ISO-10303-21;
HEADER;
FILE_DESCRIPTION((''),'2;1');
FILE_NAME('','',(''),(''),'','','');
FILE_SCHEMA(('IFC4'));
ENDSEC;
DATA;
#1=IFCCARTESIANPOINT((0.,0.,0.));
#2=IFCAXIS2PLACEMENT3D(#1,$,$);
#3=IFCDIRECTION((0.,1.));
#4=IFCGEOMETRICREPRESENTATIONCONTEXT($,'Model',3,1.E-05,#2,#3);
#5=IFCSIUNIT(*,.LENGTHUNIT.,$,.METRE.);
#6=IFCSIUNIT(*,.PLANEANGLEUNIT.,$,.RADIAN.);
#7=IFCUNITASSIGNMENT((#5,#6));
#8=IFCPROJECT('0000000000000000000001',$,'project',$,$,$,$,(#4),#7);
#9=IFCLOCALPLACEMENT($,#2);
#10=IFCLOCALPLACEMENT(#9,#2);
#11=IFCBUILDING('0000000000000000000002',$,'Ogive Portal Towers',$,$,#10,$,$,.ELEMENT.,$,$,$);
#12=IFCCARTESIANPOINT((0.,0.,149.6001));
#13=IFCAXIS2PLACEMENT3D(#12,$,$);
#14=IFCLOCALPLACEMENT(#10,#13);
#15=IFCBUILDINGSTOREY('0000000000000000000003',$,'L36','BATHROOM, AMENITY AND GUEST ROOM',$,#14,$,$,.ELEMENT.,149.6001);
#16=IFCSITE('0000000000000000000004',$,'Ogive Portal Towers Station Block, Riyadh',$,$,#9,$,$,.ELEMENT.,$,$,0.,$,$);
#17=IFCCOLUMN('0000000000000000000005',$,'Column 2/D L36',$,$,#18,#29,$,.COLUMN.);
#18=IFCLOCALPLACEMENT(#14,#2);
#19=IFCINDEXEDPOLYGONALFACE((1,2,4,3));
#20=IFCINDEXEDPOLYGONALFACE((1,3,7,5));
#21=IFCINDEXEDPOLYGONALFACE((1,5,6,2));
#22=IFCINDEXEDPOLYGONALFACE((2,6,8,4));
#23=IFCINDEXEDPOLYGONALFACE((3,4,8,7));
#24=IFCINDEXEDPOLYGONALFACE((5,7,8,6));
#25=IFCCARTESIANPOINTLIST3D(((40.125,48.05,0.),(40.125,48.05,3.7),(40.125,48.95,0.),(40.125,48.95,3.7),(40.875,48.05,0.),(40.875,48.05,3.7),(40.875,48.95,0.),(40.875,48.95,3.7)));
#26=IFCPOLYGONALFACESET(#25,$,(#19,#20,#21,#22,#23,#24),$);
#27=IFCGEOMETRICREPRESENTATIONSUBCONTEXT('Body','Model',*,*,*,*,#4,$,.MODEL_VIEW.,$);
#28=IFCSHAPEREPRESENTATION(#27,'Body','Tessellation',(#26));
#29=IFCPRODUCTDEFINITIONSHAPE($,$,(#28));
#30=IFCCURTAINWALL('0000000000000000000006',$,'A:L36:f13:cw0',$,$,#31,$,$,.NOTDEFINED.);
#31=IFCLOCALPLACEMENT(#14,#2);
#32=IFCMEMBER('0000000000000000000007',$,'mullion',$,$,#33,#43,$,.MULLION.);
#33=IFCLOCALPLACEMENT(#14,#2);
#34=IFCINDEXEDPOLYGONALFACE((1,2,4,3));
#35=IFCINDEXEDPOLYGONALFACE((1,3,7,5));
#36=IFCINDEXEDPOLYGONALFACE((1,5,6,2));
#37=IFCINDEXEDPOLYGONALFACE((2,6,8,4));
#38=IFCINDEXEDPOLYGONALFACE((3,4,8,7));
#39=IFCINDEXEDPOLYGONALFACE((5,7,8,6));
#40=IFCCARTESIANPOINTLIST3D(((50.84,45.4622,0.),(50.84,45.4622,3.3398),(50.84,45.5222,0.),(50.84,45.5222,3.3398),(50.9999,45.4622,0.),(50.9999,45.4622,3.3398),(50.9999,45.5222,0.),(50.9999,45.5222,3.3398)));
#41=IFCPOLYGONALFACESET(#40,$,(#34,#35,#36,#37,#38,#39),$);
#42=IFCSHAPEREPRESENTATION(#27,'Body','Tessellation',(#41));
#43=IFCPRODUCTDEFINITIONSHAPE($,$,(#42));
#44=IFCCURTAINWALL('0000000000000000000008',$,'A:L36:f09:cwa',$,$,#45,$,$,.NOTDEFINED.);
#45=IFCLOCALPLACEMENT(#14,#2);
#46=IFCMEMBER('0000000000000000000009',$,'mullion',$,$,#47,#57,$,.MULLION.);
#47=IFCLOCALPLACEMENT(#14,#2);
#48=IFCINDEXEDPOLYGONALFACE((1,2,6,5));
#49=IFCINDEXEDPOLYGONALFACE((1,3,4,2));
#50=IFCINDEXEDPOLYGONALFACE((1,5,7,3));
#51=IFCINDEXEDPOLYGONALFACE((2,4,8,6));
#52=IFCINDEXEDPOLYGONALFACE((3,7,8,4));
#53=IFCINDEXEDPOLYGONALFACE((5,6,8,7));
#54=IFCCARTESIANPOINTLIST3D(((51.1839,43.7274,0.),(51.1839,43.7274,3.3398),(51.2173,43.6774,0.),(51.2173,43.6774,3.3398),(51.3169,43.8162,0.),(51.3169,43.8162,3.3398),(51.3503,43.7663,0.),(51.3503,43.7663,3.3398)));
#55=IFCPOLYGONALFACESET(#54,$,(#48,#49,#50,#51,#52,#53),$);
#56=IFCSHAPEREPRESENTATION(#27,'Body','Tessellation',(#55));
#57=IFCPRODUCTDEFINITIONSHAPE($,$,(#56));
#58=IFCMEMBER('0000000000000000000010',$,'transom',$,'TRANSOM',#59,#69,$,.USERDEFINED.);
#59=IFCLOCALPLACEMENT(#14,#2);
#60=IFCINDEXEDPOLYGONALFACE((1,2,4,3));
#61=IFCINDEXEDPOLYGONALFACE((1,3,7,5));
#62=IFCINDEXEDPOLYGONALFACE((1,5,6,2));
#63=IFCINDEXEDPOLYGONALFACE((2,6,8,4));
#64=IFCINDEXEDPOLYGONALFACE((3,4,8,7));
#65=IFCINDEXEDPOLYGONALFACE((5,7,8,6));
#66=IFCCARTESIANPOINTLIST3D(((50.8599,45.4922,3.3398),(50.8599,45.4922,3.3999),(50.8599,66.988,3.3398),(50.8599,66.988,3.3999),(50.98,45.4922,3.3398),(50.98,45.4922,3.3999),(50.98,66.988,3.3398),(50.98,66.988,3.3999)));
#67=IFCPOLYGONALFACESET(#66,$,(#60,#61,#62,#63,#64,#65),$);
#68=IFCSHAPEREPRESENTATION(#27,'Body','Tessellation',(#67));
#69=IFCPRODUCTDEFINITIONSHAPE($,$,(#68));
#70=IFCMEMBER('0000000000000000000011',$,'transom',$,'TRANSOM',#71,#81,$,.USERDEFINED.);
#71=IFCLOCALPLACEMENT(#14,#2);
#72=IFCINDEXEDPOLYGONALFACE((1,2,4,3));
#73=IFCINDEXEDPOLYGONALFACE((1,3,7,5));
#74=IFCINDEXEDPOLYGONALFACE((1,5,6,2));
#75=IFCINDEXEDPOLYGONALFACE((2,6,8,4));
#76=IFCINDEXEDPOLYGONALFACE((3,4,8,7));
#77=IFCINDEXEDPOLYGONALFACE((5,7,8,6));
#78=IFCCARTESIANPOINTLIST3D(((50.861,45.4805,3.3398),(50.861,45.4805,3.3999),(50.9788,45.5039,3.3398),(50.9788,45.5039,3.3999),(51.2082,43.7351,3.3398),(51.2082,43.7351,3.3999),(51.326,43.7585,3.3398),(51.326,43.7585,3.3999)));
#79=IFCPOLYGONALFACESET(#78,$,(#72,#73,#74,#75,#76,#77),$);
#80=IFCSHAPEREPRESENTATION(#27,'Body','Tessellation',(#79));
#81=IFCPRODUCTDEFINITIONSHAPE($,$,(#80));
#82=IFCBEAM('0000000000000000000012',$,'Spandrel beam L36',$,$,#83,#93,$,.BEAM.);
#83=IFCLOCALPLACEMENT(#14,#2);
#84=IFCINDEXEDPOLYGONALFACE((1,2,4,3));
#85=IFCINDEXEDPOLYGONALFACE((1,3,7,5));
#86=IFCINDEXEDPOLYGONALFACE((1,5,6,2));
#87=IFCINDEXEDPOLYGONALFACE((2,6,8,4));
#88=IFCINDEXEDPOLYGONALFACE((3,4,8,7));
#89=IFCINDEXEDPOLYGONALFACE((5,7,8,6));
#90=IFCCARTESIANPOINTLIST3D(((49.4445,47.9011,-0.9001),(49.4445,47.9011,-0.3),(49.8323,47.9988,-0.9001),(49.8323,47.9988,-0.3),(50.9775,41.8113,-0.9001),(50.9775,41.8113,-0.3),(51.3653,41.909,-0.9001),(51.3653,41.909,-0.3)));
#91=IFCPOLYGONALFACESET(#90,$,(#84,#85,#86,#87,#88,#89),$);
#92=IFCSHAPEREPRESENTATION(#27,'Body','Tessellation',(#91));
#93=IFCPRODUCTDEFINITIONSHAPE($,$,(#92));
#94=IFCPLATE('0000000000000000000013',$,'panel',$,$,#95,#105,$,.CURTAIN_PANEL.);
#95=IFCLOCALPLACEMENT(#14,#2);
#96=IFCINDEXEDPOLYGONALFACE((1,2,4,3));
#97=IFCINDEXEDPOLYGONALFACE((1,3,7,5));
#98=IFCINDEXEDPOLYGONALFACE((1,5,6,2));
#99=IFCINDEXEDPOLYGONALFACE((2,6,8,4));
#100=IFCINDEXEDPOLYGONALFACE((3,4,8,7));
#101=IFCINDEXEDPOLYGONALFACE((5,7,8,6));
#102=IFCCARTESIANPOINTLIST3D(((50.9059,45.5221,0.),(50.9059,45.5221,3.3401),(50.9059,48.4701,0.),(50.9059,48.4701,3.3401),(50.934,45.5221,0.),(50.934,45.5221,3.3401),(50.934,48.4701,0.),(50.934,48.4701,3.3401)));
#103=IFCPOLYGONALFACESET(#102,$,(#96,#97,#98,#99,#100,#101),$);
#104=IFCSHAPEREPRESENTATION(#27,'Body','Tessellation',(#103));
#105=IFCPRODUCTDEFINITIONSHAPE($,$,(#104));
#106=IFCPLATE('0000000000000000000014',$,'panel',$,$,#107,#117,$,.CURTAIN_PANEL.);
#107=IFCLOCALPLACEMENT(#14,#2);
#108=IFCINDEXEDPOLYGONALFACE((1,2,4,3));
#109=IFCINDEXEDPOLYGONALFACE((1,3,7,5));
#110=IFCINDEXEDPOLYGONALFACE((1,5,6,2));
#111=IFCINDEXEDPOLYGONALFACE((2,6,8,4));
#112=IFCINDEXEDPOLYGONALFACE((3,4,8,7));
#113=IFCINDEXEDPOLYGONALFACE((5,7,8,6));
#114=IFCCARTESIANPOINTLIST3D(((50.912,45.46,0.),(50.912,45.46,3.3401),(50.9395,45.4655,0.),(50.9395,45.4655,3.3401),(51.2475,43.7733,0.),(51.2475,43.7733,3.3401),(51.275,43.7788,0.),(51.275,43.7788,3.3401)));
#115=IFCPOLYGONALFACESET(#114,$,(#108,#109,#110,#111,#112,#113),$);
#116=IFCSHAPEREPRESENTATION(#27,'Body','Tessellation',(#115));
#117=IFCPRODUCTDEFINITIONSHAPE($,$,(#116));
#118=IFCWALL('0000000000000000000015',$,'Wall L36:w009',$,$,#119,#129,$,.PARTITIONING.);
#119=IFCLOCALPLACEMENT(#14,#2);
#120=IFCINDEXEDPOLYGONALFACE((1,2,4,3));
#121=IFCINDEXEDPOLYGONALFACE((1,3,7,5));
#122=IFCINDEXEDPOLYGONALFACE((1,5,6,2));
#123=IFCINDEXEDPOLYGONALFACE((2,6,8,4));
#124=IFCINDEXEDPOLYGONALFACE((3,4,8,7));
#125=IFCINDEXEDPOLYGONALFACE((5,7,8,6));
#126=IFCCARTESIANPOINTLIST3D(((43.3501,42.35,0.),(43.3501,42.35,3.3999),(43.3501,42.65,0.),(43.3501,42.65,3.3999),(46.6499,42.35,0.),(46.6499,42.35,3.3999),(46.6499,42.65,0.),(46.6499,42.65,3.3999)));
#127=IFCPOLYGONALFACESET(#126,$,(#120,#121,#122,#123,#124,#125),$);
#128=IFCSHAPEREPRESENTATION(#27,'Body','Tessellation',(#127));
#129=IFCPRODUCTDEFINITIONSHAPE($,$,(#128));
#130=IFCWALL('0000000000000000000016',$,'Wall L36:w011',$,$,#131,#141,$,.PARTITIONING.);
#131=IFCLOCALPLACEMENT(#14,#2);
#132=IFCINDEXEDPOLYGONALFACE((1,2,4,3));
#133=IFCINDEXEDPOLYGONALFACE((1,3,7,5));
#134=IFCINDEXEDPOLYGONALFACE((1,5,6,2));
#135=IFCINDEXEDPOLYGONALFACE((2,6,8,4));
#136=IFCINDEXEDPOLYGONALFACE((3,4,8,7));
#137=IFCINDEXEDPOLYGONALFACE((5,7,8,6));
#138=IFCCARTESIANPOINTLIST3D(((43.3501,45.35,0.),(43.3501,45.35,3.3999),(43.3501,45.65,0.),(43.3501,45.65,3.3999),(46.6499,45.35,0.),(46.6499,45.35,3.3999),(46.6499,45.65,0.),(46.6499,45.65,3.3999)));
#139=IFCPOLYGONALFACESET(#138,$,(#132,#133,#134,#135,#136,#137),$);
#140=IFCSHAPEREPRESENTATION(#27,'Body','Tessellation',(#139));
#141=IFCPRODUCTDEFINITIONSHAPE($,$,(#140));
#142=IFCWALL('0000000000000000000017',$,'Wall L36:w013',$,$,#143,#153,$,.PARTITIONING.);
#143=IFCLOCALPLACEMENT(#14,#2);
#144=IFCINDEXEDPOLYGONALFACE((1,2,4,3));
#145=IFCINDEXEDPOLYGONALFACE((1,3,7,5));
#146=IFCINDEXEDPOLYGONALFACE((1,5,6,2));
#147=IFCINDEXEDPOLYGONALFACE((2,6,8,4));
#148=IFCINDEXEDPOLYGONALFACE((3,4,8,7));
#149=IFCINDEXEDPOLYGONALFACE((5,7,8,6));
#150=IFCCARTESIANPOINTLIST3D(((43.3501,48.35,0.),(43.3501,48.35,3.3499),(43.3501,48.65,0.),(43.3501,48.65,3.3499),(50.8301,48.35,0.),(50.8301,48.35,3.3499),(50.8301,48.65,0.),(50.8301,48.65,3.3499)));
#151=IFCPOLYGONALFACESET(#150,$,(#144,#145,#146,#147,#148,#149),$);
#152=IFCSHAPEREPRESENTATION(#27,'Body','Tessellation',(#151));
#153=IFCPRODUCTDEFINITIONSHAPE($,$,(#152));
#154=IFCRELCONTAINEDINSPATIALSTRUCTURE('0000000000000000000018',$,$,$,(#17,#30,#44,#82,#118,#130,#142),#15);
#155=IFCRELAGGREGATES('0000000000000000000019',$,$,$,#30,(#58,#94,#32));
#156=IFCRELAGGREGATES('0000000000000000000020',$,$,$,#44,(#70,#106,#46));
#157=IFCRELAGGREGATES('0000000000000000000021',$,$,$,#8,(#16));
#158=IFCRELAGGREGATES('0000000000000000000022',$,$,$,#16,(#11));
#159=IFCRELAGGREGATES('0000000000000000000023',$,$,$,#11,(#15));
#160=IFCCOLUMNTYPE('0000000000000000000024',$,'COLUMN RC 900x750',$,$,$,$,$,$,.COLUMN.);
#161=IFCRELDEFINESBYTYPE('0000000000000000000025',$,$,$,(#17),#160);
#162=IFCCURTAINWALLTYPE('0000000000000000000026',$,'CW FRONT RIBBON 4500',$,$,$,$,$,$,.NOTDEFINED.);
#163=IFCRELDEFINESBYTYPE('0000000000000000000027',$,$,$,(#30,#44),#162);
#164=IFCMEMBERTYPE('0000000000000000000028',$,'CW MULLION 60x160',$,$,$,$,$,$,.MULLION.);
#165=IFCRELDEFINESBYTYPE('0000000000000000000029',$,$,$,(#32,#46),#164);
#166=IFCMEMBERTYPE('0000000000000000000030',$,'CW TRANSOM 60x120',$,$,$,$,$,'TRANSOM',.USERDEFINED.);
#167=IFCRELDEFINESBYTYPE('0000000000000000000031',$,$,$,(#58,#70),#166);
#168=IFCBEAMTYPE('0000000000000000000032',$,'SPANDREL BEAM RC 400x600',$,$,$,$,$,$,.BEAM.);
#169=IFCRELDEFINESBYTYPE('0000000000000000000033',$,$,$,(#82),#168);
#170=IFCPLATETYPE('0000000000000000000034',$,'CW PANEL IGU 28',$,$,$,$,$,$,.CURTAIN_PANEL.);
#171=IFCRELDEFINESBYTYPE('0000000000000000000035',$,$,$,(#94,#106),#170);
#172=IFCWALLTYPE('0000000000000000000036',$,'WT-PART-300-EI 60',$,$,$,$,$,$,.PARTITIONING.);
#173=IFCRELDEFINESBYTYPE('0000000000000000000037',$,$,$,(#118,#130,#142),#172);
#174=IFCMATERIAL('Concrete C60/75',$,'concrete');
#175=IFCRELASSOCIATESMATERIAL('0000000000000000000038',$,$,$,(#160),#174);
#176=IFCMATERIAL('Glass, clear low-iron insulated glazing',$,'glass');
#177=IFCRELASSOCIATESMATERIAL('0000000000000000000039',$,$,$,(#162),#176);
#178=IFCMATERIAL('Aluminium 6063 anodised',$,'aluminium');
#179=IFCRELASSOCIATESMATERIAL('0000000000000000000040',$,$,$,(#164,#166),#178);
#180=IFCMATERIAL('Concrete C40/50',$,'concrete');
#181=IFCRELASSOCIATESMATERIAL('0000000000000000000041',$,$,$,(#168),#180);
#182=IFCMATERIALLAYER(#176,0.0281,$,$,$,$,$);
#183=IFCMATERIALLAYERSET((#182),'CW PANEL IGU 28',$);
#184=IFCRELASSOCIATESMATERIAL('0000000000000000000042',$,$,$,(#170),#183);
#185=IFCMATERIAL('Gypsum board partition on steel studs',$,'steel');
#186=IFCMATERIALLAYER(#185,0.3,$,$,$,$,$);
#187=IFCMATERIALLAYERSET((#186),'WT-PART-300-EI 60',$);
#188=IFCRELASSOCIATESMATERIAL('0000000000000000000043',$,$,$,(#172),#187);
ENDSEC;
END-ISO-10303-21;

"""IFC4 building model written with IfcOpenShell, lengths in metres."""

from ifc_helpers import new_model, si_unit, direction, frame, frame_2d, origin, origin_2d, place, context, subcontext, project, spatial, rectangle, extrude, material, layer, layer_set, material_profile, profile_set, type_object, element, aggregate, save


model = new_model("IFC4")

# Units and contexts
model_context = context("Model", 3, precision=1e-05, world=origin(), true_north=direction((0.0, 1.0)))
body_context = subcontext(model_context, "Body", "Model", "MODEL_VIEW")
ifc_project = project(units=[si_unit("LENGTHUNIT", "METRE"), si_unit("PLANEANGLEUNIT", "RADIAN")], contexts=[model_context])

# Site, building, storey
site_placement = place(None, origin())
site = spatial("IfcSite", under=ifc_project, at=site_placement, Name="Ogive Portal Towers Station Block, Riyadh", CompositionType="ELEMENT", RefElevation=0.0)
building_placement = place(site_placement, origin())
building = spatial("IfcBuilding", under=site, at=building_placement, Name="Ogive Portal Towers", CompositionType="ELEMENT")
storey_placement = place(building_placement, frame((0.0, 0.0, 149.6001)))
storey = spatial("IfcBuildingStorey", under=building, at=storey_placement, Name="L36", Description="BATHROOM, AMENITY AND GUEST ROOM", CompositionType="ELEMENT", Elevation=149.6001)

# Column
ifc_material_1 = material(Name="Concrete C60/75", Category="concrete")
ifc_material_profile_1 = material_profile(ifc_material_1, rectangle(XDim=0.8999, YDim=0.75, at=origin_2d()), Name="RC 900x750")
ifc_profile_set_1 = profile_set([ifc_material_profile_1], Name="Concrete C60/75")
column_type = type_object("IfcColumnType", Name="COLUMN RC 900x750", PredefinedType="COLUMN", material=ifc_profile_set_1)
column_placement = place(storey_placement, frame((40.5, 48.5, 0.0), z_axis=(0.0, 0.0, 1.0), x_axis=(0.0, 1.0, 0.0)))
element("IfcColumn", 1, at=column_placement, inside=storey, type_object=column_type, Name="Column 2/D L36", PredefinedType="COLUMN", context=body_context, shape_type="SweptSolid", body=[
    extrude(rectangle(XDim=0.8999, YDim=0.75, at=origin_2d()), origin(), (0.0, 0.0, 1.0), 3.7),
])

# Curtain walls, members
ifc_material_2 = material(Name="Glass, clear low-iron insulated glazing", Category="glass")
curtain_wall_type = type_object("IfcCurtainWallType", Name="CW FRONT RIBBON 4500", PredefinedType="NOTDEFINED", material=ifc_material_2)
curtain_wall_1_placement = place(storey_placement, origin())
curtain_wall_1 = element("IfcCurtainWall", 2, at=curtain_wall_1_placement, inside=storey, type_object=curtain_wall_type, Name="A:L36:f13:cw0", PredefinedType="NOTDEFINED")
ifc_material_3 = material(Name="Aluminium 6063 anodised", Category="aluminium")
ifc_material_profile_2 = material_profile(ifc_material_3, rectangle(XDim=0.1599, YDim=0.0601, at=origin_2d()), Name="AL 60x160")
ifc_profile_set_2 = profile_set([ifc_material_profile_2], Name="Aluminium 6063 anodised")
member_type_1 = type_object("IfcMemberType", Name="CW MULLION 60x160", PredefinedType="MULLION", material=ifc_profile_set_2)
member_1_placement = place(storey_placement, frame((50.9199, 45.4922, 0.0), z_axis=(0.0, 0.0, 1.0), x_axis=(-1.0, 0.0, 0.0)))
member_1 = element("IfcMember", 3, at=member_1_placement, type_object=member_type_1, Name="mullion", PredefinedType="MULLION", context=body_context, shape_type="SweptSolid", body=[
    extrude(rectangle(XDim=0.1599, YDim=0.0601, at=origin_2d()), origin(), (0.0, 0.0, 1.0), 3.3398),
])
curtain_wall_2_placement = place(storey_placement, origin())
curtain_wall_2 = element("IfcCurtainWall", 4, at=curtain_wall_2_placement, inside=storey, type_object=curtain_wall_type, Name="A:L36:f09:cwa", PredefinedType="NOTDEFINED")
member_2_placement = place(storey_placement, frame((51.2671, 43.7468, 0.0), z_axis=(0.0, 0.0, 1.0), x_axis=(-0.83147, -0.55557, 0.0)))
member_2 = element("IfcMember", 5, at=member_2_placement, type_object=member_type_1, Name="mullion", PredefinedType="MULLION", context=body_context, shape_type="SweptSolid", body=[
    extrude(rectangle(XDim=0.1599, YDim=0.0601, at=origin_2d()), origin(), (0.0, 0.0, 1.0), 3.3398),
])

# Members
ifc_material_profile_3 = material_profile(ifc_material_3, rectangle(XDim=0.1201, YDim=0.0601, at=origin_2d()), Name="AL 120x60")
ifc_profile_set_3 = profile_set([ifc_material_profile_3], Name="Aluminium 6063 anodised")
member_type_2 = type_object("IfcMemberType", Name="CW TRANSOM 60x120", ElementType="TRANSOM", PredefinedType="USERDEFINED", material=ifc_profile_set_3)
member_3_placement = place(storey_placement, frame((50.9199, 45.4922, 3.3699), z_axis=(0.0, 1.0, 0.0), x_axis=(-1.0, 0.0, 0.0)))
member_3 = element("IfcMember", 6, at=member_3_placement, type_object=member_type_2, Name="transom", ObjectType="TRANSOM", PredefinedType="USERDEFINED", context=body_context, shape_type="SweptSolid", body=[
    extrude(rectangle(XDim=0.1201, YDim=0.0601, at=origin_2d()), origin(), (0.0, 0.0, 1.0), 21.4958),
])
member_4_placement = place(storey_placement, frame((51.2671, 43.7468, 3.3699), z_axis=(-0.195087, 0.980786, 0.0), x_axis=(-0.980786, -0.195087, 0.0)))
member_4 = element("IfcMember", 7, at=member_4_placement, type_object=member_type_2, Name="transom", ObjectType="TRANSOM", PredefinedType="USERDEFINED", context=body_context, shape_type="SweptSolid", body=[
    extrude(rectangle(XDim=0.1201, YDim=0.0601, at=origin_2d()), origin(), (0.0, 0.0, 1.0), 1.7795),
])

# Beam
ifc_material_4 = material(Name="Concrete C40/50", Category="concrete")
ifc_material_profile_4 = material_profile(ifc_material_4, rectangle(XDim=0.3999, YDim=0.6001, at=origin_2d()), Name="RC 400x600")
ifc_profile_set_4 = profile_set([ifc_material_profile_4], Name="Concrete C40/50")
beam_type = type_object("IfcBeamType", Name="SPANDREL BEAM RC 400x600", PredefinedType="BEAM", material=ifc_profile_set_4)
beam_placement = place(storey_placement, frame((49.6384, 47.95, -0.6001), z_axis=(0.244109, -0.969748, 0.0), x_axis=(0.969748, 0.244109, 0.0)))
element("IfcBeam", 8, at=beam_placement, inside=storey, type_object=beam_type, Name="Spandrel beam L36", PredefinedType="BEAM", context=body_context, shape_type="SweptSolid", body=[
    extrude(rectangle(XDim=0.3999, YDim=0.6001, at=origin_2d()), origin(), (0.0, 0.0, 1.0), 6.2798),
])

# Plates
ifc_layer_1 = layer(ifc_material_2, 0.0281)
ifc_layer_set_1 = layer_set([ifc_layer_1], Name="CW PANEL IGU 28")
plate_type = type_object("IfcPlateType", Name="CW PANEL IGU 28", PredefinedType="CURTAIN_PANEL", material=ifc_layer_set_1)
plate_1_placement = place(storey_placement, frame((50.9199, 46.9961, 0.0), z_axis=(0.0, 0.0, 1.0), x_axis=(0.0, 1.0, 0.0)))
plate_1 = element("IfcPlate", 9, at=plate_1_placement, type_object=plate_type, Name="panel", PredefinedType="CURTAIN_PANEL", context=body_context, shape_type="SweptSolid", body=[
    extrude(rectangle(XDim=2.948, YDim=0.0281, at=origin_2d()), origin(), (0.0, 0.0, 1.0), 3.3401),
])
aggregate(curtain_wall_1, [member_3, plate_1, member_1])
plate_2_placement = place(storey_placement, frame((51.0935, 44.6194, 0.0), z_axis=(0.0, 0.0, 1.0), x_axis=(-0.19509, 0.980785, 0.0)))
plate_2 = element("IfcPlate", 10, at=plate_2_placement, type_object=plate_type, Name="panel", PredefinedType="CURTAIN_PANEL", context=body_context, shape_type="SweptSolid", body=[
    extrude(rectangle(XDim=1.7197, YDim=0.0281, at=origin_2d()), origin(), (0.0, 0.0, 1.0), 3.3401),
])
aggregate(curtain_wall_2, [member_4, plate_2, member_2])

# Walls
ifc_material_5 = material(Name="Gypsum board partition on steel studs", Category="steel")
ifc_layer_2 = layer(ifc_material_5, 0.3)
ifc_layer_set_2 = layer_set([ifc_layer_2], Name="WT-PART-300-EI 60")
wall_type_1 = type_object("IfcWallType", Name="WT-PART-300-EI 60", PredefinedType="PARTITIONING", material=ifc_layer_set_2)
for number, where, z_axis, x_axis, name in (
    (11, (43.3501, 42.5, 0.0), (0.0, 0.0, 1.0), (1.0, 0.0, 0.0), "Wall L36:w009"),
    (12, (43.3501, 45.5, 0.0), (0.0, 0.0, 1.0), (1.0, 0.0, 0.0), "Wall L36:w011"),
):
    element("IfcWall", number, at=place(storey_placement, frame(where, z_axis=z_axis, x_axis=x_axis)), inside=storey, type_object=wall_type_1, Name=name, PredefinedType="PARTITIONING", context=body_context, shape_type="SweptSolid", body=[
        extrude(rectangle(XDim=3.2998, YDim=0.3, at=frame_2d((1.6499, 0.0))), origin(), (0.0, 0.0, 1.0), 3.3999),
    ])
wall_1_placement = place(storey_placement, frame((43.3501, 48.5, 0.0), z_axis=(0.0, 0.0, 1.0), x_axis=(1.0, 0.0, 0.0)))
element("IfcWall", 13, at=wall_1_placement, inside=storey, type_object=wall_type_1, Name="Wall L36:w013", PredefinedType="PARTITIONING", context=body_context, shape_type="SweptSolid", body=[
    extrude(rectangle(XDim=7.48, YDim=0.3, at=frame_2d((3.74, 0.0))), origin(), (0.0, 0.0, 1.0), 3.3499),
])

save(model, "model.ifc")
